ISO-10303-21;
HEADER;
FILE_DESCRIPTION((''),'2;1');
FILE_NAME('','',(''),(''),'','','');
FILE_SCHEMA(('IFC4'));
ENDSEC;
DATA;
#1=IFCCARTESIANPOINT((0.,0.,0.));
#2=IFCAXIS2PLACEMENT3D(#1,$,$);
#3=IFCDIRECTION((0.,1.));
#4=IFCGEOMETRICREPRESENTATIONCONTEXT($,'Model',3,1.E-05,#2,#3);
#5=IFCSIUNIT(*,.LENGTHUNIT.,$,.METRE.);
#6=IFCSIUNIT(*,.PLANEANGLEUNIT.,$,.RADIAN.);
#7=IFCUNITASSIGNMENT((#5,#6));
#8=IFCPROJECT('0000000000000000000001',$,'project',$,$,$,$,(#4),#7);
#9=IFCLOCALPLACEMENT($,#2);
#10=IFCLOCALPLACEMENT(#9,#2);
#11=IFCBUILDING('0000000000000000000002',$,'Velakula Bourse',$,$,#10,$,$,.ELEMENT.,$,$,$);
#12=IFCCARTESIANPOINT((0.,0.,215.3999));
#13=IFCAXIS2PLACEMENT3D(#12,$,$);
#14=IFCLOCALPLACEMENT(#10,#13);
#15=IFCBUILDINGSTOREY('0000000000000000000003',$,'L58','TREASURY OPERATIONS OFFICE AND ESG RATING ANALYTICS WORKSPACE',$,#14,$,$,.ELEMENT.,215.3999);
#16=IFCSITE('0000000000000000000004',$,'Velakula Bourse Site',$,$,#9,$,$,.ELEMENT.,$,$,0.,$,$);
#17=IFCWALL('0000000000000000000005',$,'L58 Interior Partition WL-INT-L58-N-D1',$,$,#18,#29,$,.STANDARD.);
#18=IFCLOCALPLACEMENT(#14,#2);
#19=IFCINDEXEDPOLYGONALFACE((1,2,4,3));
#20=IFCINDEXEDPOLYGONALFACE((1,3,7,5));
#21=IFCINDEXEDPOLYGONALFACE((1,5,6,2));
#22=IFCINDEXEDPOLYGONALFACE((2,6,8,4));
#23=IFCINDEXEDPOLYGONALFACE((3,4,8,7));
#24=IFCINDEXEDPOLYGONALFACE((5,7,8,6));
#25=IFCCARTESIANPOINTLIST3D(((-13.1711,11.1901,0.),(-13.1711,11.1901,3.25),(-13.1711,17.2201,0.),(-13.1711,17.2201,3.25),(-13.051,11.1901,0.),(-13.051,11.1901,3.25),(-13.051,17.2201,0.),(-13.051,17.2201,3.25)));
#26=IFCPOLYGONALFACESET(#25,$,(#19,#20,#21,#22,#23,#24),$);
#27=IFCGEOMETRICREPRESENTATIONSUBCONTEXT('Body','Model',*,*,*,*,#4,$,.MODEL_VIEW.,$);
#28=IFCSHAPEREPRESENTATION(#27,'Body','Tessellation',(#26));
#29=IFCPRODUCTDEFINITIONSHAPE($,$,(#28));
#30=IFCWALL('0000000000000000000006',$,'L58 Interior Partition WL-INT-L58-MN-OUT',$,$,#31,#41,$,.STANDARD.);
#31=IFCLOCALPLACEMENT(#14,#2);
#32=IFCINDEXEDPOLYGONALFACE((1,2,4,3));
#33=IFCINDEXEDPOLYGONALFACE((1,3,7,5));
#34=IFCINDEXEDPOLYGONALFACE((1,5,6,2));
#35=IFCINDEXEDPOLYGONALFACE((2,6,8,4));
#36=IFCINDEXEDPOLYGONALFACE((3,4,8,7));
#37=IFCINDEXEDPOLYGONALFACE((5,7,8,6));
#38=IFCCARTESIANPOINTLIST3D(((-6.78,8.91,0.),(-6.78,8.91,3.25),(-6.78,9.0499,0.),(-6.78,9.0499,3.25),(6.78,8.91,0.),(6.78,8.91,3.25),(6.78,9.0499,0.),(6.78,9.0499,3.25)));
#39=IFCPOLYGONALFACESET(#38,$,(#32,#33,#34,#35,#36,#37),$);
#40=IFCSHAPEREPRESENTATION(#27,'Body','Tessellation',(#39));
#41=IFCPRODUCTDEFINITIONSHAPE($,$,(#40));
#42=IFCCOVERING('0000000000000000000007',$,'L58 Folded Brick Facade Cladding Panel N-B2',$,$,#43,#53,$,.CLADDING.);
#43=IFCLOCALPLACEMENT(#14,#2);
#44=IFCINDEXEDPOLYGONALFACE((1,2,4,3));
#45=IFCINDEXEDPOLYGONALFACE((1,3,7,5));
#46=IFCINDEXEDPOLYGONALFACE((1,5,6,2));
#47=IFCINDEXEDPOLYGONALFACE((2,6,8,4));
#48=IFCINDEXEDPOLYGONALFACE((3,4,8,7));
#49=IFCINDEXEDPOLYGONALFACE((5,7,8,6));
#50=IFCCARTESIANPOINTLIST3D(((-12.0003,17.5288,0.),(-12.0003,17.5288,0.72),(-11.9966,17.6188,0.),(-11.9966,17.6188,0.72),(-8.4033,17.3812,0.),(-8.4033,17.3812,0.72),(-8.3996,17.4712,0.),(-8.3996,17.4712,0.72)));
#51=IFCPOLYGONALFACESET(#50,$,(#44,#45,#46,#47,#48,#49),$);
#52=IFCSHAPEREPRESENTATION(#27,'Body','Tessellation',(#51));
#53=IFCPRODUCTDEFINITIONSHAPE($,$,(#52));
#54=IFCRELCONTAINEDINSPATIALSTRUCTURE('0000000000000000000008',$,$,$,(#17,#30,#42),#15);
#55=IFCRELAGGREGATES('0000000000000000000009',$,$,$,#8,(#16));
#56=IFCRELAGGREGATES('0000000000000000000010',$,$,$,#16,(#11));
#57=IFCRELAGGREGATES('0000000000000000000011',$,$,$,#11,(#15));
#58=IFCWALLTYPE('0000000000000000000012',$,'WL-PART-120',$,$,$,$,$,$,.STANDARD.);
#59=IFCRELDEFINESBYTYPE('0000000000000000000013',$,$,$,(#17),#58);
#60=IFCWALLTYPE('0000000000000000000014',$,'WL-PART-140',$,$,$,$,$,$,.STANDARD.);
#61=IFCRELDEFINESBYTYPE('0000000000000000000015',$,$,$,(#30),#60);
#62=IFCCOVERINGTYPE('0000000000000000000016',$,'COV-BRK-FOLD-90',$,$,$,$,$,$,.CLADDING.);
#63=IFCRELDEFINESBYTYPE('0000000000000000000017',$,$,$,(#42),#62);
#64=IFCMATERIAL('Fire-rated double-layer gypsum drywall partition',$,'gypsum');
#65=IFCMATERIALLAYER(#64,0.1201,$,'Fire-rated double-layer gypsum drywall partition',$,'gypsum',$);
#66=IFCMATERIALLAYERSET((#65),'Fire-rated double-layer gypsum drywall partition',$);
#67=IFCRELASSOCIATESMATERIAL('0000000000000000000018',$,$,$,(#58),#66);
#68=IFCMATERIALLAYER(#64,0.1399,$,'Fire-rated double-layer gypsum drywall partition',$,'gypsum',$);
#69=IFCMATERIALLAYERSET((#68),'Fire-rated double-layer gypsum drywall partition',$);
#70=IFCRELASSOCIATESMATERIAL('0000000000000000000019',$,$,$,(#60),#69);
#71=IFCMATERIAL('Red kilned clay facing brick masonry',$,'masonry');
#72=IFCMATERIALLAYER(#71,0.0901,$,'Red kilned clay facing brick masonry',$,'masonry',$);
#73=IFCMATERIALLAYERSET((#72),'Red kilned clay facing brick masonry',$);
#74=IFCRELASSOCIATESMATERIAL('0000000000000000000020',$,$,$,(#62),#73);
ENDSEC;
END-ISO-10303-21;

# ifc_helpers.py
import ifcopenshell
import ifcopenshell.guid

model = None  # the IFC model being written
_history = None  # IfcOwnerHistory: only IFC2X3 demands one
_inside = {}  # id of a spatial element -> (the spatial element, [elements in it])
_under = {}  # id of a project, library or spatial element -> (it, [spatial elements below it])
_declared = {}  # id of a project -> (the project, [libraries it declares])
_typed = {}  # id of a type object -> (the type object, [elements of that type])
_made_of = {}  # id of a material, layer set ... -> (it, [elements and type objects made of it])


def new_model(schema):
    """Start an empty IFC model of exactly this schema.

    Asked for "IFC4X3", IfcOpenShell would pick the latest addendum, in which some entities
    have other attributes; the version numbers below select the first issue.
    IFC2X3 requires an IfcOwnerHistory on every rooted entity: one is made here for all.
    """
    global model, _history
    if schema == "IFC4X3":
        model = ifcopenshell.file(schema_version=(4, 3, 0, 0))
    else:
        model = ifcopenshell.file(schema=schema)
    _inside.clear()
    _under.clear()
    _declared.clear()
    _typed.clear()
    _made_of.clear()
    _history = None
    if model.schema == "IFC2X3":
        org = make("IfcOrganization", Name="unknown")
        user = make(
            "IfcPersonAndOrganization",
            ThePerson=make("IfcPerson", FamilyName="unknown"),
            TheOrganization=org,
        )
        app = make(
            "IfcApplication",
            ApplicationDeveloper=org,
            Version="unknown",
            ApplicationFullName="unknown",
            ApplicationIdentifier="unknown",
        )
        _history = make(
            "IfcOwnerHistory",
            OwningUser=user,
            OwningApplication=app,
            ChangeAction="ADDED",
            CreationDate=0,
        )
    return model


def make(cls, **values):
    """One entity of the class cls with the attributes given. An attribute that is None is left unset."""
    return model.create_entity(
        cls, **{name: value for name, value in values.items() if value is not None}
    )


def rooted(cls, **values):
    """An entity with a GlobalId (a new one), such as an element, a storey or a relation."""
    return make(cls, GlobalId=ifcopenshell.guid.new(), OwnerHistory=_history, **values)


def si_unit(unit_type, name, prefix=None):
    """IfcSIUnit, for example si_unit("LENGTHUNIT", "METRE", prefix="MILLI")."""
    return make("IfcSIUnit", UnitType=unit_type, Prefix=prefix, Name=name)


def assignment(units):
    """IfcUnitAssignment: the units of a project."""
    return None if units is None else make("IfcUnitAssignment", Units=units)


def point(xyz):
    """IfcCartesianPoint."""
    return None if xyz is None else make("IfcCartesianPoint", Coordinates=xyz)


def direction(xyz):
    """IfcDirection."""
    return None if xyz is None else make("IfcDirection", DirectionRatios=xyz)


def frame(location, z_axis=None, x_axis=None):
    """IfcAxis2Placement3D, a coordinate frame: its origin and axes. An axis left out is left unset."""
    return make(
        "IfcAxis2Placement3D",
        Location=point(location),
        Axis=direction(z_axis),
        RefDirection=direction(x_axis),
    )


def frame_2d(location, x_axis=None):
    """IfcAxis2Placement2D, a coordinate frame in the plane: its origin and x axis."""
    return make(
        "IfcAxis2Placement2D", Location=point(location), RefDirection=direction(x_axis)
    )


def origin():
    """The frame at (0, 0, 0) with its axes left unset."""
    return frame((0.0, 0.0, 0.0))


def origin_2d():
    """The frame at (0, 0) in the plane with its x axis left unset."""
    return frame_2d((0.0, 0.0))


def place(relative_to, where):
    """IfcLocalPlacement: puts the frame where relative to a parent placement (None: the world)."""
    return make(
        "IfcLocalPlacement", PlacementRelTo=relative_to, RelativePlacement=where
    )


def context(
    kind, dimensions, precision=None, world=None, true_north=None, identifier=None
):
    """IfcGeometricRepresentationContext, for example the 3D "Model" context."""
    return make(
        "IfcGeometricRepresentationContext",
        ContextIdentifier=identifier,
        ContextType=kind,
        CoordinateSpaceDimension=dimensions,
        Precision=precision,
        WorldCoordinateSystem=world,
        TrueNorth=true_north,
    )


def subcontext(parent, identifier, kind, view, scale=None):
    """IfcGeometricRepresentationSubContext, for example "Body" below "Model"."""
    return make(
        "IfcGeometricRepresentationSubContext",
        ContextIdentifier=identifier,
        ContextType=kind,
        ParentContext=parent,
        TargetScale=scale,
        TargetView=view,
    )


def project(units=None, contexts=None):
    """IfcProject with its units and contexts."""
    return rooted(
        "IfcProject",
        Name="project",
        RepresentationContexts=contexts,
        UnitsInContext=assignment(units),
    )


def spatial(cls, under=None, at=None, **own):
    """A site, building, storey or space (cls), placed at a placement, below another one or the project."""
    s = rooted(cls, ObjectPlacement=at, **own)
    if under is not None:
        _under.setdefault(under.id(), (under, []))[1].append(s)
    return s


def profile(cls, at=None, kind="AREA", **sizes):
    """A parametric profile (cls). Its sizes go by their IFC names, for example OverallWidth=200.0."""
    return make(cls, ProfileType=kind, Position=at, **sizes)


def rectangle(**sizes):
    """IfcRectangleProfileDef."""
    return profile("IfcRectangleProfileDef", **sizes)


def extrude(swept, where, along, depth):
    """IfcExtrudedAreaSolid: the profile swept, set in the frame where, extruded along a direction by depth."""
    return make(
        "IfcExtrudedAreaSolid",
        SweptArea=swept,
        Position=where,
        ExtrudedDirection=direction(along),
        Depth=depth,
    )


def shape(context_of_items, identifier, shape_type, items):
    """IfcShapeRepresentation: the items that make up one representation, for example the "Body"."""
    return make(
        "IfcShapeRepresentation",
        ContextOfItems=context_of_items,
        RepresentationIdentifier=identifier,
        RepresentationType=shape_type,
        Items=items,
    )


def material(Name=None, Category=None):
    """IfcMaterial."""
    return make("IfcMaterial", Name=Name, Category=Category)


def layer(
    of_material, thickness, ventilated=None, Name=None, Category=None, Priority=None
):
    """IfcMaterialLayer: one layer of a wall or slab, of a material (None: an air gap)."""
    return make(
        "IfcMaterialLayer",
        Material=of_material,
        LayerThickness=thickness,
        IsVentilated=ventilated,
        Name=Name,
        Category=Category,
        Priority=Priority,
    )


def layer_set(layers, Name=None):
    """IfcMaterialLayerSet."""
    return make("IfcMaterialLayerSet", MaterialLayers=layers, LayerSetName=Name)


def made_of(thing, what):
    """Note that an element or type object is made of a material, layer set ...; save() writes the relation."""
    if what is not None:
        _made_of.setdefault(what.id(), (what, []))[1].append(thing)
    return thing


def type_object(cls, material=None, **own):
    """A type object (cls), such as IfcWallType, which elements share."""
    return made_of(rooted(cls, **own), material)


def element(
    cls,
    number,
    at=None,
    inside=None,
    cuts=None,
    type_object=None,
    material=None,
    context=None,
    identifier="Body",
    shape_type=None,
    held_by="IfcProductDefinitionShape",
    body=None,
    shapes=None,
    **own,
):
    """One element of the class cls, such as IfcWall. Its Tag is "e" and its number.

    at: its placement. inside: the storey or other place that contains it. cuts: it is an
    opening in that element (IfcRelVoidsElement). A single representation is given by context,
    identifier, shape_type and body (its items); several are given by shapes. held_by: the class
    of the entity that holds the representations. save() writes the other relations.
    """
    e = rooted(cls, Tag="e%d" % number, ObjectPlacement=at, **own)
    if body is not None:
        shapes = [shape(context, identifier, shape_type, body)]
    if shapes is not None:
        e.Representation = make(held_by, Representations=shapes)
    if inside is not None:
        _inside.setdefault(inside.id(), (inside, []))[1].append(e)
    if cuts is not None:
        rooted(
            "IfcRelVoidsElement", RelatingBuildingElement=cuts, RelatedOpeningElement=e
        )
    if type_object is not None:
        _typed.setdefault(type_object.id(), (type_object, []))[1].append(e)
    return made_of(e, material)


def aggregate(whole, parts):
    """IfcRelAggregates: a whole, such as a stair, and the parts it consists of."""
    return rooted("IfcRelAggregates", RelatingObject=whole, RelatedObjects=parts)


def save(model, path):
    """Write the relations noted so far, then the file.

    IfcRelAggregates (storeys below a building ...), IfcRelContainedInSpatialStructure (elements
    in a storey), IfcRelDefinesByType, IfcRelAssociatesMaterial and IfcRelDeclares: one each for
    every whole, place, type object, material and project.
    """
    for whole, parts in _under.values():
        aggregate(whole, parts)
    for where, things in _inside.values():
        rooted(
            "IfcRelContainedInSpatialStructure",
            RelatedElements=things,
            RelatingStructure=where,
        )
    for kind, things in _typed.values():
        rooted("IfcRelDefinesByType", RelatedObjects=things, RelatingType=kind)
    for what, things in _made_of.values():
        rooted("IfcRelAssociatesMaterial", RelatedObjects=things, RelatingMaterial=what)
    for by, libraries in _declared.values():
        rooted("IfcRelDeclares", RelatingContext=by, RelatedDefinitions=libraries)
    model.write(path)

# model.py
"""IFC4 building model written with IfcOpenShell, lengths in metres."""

from ifc_helpers import new_model, si_unit, direction, frame, frame_2d, origin, origin_2d, place, context, subcontext, project, spatial, rectangle, extrude, material, layer, layer_set, type_object, element, save


model = new_model("IFC4")

# Units and contexts
model_context = context("Model", 3, precision=1e-05, world=origin(), true_north=direction((0.0, 1.0)))
body_context = subcontext(model_context, "Body", "Model", "MODEL_VIEW")
ifc_project = project(units=[si_unit("LENGTHUNIT", "METRE"), si_unit("PLANEANGLEUNIT", "RADIAN")], contexts=[model_context])

# Site, building, storey
site_placement = place(None, origin())
site = spatial("IfcSite", under=ifc_project, at=site_placement, Name="Velakula Bourse Site", CompositionType="ELEMENT", RefElevation=0.0)
building_placement = place(site_placement, origin())
building = spatial("IfcBuilding", under=site, at=building_placement, Name="Velakula Bourse", CompositionType="ELEMENT")
storey_placement = place(building_placement, frame((0.0, 0.0, 215.3999)))
storey = spatial("IfcBuildingStorey", under=building, at=storey_placement, Name="L58", Description="TREASURY OPERATIONS OFFICE AND ESG RATING ANALYTICS WORKSPACE", CompositionType="ELEMENT", Elevation=215.3999)

# Walls
ifc_material_1 = material(Name="Fire-rated double-layer gypsum drywall partition", Category="gypsum")
ifc_layer_1 = layer(ifc_material_1, 0.1201, Name="Fire-rated double-layer gypsum drywall partition", Category="gypsum")
ifc_layer_set_1 = layer_set([ifc_layer_1], Name="Fire-rated double-layer gypsum drywall partition")
wall_type_1 = type_object("IfcWallType", Name="WL-PART-120", PredefinedType="STANDARD", material=ifc_layer_set_1)
wall_1_placement = place(storey_placement, frame((-13.1111, 11.1899, 0.0), z_axis=(0.0, 0.0, 1.0), x_axis=(0.0, 1.0, 0.0)))
element("IfcWall", 1, at=wall_1_placement, inside=storey, type_object=wall_type_1, Name="L58 Interior Partition WL-INT-L58-N-D1", PredefinedType="STANDARD", context=body_context, shape_type="SweptSolid", body=[
    extrude(rectangle(XDim=6.03, YDim=0.1201, at=frame_2d((3.0151, 0.0))), origin(), (0.0, 0.0, 1.0), 3.25),
])
ifc_layer_2 = layer(ifc_material_1, 0.1399, Name="Fire-rated double-layer gypsum drywall partition", Category="gypsum")
ifc_layer_set_2 = layer_set([ifc_layer_2], Name="Fire-rated double-layer gypsum drywall partition")
wall_type_2 = type_object("IfcWallType", Name="WL-PART-140", PredefinedType="STANDARD", material=ifc_layer_set_2)
wall_2_placement = place(storey_placement, frame((-6.78, 8.98, 0.0), z_axis=(0.0, 0.0, 1.0), x_axis=(1.0, 0.0, 0.0)))
element("IfcWall", 2, at=wall_2_placement, inside=storey, type_object=wall_type_2, Name="L58 Interior Partition WL-INT-L58-MN-OUT", PredefinedType="STANDARD", context=body_context, shape_type="SweptSolid", body=[
    extrude(rectangle(XDim=13.5601, YDim=0.1399, at=frame_2d((6.78, 0.0))), origin(), (0.0, 0.0, 1.0), 3.25),
])

# Covering
ifc_material_2 = material(Name="Red kilned clay facing brick masonry", Category="masonry")
ifc_layer_3 = layer(ifc_material_2, 0.0901, Name="Red kilned clay facing brick masonry", Category="masonry")
ifc_layer_set_3 = layer_set([ifc_layer_3], Name="Red kilned clay facing brick masonry")
covering_type = type_object("IfcCoveringType", Name="COV-BRK-FOLD-90", PredefinedType="CLADDING", material=ifc_layer_set_3)
covering_placement = place(storey_placement, frame((-10.2, 17.5, 0.0), z_axis=(0.0, 0.0, 1.0), x_axis=(0.999159, -0.041004, 0.0)))
element("IfcCovering", 3, at=covering_placement, inside=storey, type_object=covering_type, Name="L58 Folded Brick Facade Cladding Panel N-B2", PredefinedType="CLADDING", context=body_context, shape_type="SweptSolid", body=[
    extrude(rectangle(XDim=3.6001, YDim=0.0901, at=origin_2d()), origin(), (0.0, 0.0, 1.0), 0.72),
])

save(model, "model.ifc")
